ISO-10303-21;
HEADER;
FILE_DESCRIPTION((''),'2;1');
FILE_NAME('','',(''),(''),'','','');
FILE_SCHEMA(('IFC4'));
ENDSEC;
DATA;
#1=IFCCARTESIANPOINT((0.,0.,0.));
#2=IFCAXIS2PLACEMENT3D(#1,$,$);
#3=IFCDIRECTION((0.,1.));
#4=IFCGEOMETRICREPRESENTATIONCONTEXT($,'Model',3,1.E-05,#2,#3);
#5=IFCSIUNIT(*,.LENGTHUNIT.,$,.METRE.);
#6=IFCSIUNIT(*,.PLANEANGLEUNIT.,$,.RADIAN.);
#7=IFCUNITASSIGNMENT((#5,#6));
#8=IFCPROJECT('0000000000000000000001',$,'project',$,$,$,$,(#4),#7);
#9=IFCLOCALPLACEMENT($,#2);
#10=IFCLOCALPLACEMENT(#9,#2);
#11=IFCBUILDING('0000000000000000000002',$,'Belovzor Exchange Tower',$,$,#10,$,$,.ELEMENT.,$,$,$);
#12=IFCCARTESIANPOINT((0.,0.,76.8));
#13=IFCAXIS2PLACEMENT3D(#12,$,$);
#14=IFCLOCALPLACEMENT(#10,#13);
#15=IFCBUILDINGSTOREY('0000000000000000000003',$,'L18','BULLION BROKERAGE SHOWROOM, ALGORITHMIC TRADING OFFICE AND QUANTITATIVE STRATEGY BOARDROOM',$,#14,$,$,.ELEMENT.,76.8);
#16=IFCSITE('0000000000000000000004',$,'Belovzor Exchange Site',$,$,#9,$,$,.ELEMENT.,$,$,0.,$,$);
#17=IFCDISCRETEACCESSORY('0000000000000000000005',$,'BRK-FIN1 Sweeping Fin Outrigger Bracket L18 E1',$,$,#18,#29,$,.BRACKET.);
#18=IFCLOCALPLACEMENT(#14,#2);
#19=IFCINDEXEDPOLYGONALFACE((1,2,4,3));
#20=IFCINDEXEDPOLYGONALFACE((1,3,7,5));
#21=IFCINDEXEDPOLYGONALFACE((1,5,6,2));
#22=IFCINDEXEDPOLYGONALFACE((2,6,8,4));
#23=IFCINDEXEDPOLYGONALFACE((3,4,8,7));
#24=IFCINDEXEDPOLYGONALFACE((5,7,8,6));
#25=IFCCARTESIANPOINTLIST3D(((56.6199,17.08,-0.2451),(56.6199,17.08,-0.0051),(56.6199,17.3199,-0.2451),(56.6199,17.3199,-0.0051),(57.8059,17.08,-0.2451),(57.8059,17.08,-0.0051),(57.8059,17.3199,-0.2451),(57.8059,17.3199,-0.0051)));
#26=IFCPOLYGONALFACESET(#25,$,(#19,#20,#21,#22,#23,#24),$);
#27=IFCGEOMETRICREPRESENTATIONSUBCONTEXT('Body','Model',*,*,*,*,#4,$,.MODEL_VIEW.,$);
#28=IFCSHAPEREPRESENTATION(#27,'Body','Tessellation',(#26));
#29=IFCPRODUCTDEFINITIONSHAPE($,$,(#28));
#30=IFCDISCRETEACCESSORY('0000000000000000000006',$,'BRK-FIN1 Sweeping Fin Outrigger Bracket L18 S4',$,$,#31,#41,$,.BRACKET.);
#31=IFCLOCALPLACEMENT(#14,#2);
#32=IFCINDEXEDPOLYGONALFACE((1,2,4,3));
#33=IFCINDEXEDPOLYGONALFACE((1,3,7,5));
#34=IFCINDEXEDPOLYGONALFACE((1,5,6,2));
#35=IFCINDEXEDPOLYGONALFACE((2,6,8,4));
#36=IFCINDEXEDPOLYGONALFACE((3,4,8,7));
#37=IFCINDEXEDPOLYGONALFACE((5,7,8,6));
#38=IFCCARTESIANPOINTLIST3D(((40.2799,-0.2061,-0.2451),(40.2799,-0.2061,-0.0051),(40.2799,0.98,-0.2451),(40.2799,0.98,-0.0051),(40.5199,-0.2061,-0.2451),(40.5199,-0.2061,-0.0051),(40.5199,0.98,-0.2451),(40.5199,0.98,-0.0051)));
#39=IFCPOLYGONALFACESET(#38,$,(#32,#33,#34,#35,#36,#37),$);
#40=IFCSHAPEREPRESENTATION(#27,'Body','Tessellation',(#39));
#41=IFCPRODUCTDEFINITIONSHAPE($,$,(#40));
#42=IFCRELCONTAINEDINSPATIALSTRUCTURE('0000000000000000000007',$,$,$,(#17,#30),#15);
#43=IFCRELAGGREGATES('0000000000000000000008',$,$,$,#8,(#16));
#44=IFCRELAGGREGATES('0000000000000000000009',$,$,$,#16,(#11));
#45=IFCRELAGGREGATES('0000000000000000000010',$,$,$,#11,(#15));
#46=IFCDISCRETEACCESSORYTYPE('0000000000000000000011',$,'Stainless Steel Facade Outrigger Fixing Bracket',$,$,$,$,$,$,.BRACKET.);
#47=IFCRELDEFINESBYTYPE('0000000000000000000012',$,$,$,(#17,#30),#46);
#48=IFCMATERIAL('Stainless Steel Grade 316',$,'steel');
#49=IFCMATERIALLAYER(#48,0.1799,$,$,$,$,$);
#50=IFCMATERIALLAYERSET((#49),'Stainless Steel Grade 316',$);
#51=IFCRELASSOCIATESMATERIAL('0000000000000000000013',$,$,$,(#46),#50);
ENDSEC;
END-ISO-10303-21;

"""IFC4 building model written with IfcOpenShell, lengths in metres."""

from ifc_helpers import new_model, si_unit, direction, frame, origin, origin_2d, place, context, subcontext, project, spatial, rectangle, extrude, material, layer, layer_set, type_object, element, save


model = new_model("IFC4")

# Units and contexts
model_context = context("Model", 3, precision=1e-05, world=origin(), true_north=direction((0.0, 1.0)))
body_context = subcontext(model_context, "Body", "Model", "MODEL_VIEW")
ifc_project = project(units=[si_unit("LENGTHUNIT", "METRE"), si_unit("PLANEANGLEUNIT", "RADIAN")], contexts=[model_context])

# Site, building, storey
site_placement = place(None, origin())
site = spatial("IfcSite", under=ifc_project, at=site_placement, Name="Belovzor Exchange Site", CompositionType="ELEMENT", RefElevation=0.0)
building_placement = place(site_placement, origin())
building = spatial("IfcBuilding", under=site, at=building_placement, Name="Belovzor Exchange Tower", CompositionType="ELEMENT")
storey_placement = place(building_placement, frame((0.0, 0.0, 76.8)))
storey = spatial("IfcBuildingStorey", under=building, at=storey_placement, Name="L18", Description="BULLION BROKERAGE SHOWROOM, ALGORITHMIC TRADING OFFICE AND QUANTITATIVE STRATEGY BOARDROOM", CompositionType="ELEMENT", Elevation=76.8)

# Discrete accessories
ifc_material_1 = material(Name="Stainless Steel Grade 316", Category="steel")
ifc_layer_1 = layer(ifc_material_1, 0.1799)
ifc_layer_set_1 = layer_set([ifc_layer_1], Name="Stainless Steel Grade 316")
discrete_accessory_type = type_object("IfcDiscreteAccessoryType", Name="Stainless Steel Facade Outrigger Fixing Bracket", PredefinedType="BRACKET", material=ifc_layer_set_1)
for number, where, z_axis, x_axis, name in (
    (1, (57.2129, 17.2, -0.2451), (0.0, 0.0, 1.0), (1.0, 0.0, 0.0), "BRK-FIN1 Sweeping Fin Outrigger Bracket L18 E1"),
    (2, (40.3999, 0.387, -0.2451), (0.0, 0.0, 1.0), (0.0, 1.0, 0.0), "BRK-FIN1 Sweeping Fin Outrigger Bracket L18 S4"),
):
    element("IfcDiscreteAccessory", number, at=place(storey_placement, frame(where, z_axis=z_axis, x_axis=x_axis)), inside=storey, type_object=discrete_accessory_type, Name=name, PredefinedType="BRACKET", context=body_context, shape_type="SweptSolid", body=[
        extrude(rectangle(XDim=1.186, YDim=0.24, at=origin_2d()), origin(), (0.0, 0.0, 1.0), 0.24),
    ])

save(model, "model.ifc")
